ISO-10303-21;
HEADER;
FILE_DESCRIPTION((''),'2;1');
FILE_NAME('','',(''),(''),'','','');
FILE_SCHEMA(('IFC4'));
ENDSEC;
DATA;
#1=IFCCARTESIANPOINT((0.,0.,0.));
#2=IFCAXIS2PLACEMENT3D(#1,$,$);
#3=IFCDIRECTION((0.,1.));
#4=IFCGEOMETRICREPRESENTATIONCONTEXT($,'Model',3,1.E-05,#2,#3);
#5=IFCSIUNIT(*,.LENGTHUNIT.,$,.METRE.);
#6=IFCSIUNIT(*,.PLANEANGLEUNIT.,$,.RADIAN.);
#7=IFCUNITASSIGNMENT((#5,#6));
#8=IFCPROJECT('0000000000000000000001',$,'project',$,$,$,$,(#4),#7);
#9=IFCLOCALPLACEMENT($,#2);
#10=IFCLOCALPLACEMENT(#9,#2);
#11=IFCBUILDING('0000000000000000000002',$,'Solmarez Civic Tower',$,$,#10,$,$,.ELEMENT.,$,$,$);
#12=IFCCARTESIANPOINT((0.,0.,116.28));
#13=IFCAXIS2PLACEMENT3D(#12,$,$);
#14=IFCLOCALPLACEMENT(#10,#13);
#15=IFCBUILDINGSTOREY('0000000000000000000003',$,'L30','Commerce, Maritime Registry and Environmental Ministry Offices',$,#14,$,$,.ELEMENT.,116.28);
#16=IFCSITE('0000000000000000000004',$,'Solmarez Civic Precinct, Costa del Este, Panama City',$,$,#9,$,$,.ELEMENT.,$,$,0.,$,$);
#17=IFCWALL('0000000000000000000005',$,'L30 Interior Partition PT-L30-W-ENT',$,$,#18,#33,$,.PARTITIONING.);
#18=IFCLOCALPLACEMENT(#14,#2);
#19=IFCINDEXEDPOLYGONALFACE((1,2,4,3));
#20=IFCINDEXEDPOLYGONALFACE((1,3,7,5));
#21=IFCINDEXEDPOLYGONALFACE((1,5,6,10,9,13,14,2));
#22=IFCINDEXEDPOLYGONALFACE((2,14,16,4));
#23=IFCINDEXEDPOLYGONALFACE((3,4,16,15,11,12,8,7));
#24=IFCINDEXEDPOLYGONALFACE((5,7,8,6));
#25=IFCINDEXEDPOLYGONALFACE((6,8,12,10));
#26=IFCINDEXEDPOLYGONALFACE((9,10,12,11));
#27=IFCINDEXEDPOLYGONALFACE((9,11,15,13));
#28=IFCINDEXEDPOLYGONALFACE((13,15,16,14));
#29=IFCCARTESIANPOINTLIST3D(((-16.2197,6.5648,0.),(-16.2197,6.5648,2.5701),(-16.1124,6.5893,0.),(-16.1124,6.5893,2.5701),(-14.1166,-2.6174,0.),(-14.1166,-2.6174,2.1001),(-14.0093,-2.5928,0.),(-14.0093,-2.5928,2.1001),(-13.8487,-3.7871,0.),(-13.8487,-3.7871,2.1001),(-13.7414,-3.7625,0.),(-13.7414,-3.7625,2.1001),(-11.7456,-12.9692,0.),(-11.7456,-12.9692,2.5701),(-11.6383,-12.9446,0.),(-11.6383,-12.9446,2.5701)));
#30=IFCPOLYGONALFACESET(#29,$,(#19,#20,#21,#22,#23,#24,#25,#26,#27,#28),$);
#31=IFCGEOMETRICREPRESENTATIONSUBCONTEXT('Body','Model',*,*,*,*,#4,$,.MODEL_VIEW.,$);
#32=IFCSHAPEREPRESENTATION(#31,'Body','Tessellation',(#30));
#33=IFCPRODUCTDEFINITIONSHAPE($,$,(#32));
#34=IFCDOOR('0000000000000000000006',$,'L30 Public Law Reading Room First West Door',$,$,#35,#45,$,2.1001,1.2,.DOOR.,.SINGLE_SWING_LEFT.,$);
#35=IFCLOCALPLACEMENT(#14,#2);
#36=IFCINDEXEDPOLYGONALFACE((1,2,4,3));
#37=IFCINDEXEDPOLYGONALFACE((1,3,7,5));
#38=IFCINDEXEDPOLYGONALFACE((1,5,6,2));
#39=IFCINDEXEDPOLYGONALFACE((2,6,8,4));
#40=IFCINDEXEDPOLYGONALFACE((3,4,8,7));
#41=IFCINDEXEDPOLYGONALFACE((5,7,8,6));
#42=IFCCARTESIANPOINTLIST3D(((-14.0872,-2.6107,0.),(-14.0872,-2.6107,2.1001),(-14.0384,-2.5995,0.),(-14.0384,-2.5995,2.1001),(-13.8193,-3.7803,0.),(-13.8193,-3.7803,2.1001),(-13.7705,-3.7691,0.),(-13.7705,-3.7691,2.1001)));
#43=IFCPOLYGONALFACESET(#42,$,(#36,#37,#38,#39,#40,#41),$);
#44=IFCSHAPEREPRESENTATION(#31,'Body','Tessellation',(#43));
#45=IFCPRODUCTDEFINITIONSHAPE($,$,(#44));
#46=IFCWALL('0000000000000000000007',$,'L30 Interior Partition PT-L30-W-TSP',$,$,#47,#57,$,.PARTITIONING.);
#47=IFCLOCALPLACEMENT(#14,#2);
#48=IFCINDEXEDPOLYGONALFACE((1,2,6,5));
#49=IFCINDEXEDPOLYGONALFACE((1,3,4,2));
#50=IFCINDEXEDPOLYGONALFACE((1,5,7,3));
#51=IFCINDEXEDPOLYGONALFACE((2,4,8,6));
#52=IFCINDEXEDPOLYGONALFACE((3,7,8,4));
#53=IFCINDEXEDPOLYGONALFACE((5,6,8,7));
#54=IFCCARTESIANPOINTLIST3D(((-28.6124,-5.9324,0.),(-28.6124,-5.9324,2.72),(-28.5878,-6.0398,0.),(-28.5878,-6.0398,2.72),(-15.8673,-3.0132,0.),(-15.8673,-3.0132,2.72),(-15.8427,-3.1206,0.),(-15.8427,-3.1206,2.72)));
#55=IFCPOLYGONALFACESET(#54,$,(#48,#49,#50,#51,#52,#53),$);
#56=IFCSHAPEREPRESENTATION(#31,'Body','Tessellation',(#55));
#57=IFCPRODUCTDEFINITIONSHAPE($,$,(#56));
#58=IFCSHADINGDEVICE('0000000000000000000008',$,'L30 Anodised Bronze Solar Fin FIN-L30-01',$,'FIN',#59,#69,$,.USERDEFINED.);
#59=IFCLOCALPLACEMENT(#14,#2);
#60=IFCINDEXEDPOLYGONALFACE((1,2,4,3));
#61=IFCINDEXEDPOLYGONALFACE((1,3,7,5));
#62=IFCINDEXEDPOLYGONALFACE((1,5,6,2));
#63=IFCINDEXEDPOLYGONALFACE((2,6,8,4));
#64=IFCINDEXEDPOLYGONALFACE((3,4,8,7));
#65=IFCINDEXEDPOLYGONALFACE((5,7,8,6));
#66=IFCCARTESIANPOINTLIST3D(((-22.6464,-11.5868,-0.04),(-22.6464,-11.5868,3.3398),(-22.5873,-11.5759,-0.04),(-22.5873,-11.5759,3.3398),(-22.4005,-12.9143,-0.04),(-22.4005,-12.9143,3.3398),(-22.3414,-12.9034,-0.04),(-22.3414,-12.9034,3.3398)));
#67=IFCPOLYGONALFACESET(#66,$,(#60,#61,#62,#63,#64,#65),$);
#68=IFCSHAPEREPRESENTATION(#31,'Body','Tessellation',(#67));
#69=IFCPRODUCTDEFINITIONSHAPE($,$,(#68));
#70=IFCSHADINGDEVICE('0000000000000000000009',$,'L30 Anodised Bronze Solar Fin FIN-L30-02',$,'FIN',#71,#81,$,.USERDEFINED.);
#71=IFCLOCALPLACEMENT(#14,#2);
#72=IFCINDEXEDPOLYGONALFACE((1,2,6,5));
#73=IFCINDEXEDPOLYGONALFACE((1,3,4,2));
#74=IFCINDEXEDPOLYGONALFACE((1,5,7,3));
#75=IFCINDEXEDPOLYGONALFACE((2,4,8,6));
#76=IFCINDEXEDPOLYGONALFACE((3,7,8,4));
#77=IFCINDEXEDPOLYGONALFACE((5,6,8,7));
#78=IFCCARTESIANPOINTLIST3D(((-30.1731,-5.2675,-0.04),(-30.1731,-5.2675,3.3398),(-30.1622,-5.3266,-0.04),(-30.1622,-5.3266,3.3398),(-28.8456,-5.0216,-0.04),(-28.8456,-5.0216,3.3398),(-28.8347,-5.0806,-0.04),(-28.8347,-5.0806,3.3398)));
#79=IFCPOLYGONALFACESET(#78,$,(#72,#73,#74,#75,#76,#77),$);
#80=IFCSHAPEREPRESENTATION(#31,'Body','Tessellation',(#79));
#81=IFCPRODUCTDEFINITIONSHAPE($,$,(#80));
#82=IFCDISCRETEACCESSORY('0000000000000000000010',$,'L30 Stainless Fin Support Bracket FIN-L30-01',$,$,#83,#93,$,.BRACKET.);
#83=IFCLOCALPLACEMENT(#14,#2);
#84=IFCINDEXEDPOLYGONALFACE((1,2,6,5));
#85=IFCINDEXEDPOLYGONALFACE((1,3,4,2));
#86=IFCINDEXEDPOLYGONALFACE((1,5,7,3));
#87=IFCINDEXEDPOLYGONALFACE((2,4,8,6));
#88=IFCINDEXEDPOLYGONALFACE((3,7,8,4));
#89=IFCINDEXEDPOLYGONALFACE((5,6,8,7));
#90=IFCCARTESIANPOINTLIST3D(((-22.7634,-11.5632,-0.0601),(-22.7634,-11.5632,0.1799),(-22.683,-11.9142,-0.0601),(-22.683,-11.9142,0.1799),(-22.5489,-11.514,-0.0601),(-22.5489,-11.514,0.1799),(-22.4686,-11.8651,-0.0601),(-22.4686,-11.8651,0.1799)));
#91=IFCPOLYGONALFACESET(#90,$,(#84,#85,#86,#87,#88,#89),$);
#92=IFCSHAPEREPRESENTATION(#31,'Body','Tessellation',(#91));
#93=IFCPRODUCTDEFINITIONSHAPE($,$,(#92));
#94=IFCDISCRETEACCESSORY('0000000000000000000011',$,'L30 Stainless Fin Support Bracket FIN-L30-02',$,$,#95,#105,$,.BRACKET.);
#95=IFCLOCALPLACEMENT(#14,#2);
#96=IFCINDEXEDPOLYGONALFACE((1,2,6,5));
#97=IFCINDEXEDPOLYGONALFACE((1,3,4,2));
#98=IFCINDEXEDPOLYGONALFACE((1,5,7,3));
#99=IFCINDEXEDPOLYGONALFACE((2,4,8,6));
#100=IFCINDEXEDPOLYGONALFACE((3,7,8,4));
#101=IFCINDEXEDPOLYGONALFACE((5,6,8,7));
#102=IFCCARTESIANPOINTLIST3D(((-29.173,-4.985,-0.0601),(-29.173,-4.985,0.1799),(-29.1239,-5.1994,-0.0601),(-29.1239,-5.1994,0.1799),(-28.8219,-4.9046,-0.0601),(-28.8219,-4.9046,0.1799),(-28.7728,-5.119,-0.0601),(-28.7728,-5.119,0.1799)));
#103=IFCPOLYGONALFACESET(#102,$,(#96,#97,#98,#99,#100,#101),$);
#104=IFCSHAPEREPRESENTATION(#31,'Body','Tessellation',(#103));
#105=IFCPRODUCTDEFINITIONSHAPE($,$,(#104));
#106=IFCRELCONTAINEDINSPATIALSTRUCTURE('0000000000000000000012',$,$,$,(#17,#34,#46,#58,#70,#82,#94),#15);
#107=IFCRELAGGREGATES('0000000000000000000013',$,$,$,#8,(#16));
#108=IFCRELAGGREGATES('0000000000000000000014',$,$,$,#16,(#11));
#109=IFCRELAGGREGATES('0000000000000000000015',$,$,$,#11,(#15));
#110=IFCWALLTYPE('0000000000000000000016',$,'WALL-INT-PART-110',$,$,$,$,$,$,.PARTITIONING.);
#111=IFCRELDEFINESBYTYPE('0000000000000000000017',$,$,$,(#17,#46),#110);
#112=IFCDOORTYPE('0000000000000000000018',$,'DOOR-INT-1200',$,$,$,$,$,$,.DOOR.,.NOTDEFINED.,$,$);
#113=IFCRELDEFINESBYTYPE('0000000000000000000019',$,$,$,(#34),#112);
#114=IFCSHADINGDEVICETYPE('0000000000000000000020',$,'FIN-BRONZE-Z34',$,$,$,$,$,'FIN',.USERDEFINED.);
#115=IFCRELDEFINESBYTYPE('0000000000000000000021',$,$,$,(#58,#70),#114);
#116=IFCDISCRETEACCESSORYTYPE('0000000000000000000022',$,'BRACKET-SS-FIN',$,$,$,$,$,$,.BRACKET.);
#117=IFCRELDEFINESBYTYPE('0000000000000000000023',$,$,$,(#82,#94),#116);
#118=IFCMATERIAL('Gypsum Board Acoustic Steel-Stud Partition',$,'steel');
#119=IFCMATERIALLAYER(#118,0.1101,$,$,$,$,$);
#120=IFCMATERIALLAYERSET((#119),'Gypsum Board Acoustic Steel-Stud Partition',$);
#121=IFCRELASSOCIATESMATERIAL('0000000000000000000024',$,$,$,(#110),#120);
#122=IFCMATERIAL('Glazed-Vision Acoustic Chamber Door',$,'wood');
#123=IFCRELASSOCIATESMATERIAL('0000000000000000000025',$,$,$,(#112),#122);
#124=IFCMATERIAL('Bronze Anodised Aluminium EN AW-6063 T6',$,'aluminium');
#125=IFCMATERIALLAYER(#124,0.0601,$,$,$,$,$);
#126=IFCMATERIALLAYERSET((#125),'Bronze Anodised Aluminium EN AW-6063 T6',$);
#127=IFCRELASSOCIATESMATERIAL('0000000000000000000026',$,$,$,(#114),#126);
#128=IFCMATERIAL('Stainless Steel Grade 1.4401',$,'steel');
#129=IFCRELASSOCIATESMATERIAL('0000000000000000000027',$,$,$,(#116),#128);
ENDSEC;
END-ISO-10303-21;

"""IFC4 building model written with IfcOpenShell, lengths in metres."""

from ifc_helpers import new_model, si_unit, direction, frame, frame_2d, origin, origin_2d, place, context, subcontext, project, spatial, rectangle, extrude, material, layer, layer_set, type_object, element, fill, save


model = new_model("IFC4")

# Units and contexts
model_context = context("Model", 3, precision=1e-05, world=origin(), true_north=direction((0.0, 1.0)))
body_context = subcontext(model_context, "Body", "Model", "MODEL_VIEW")
ifc_project = project(units=[si_unit("LENGTHUNIT", "METRE"), si_unit("PLANEANGLEUNIT", "RADIAN")], contexts=[model_context])

# Site, building, storey
site_placement = place(None, origin())
site = spatial("IfcSite", under=ifc_project, at=site_placement, Name="Solmarez Civic Precinct, Costa del Este, Panama City", CompositionType="ELEMENT", RefElevation=0.0)
building_placement = place(site_placement, origin())
building = spatial("IfcBuilding", under=site, at=building_placement, Name="Solmarez Civic Tower", CompositionType="ELEMENT")
storey_placement = place(building_placement, frame((0.0, 0.0, 116.28)))
storey = spatial("IfcBuildingStorey", under=building, at=storey_placement, Name="L30", Description="Commerce, Maritime Registry and Environmental Ministry Offices", CompositionType="ELEMENT", Elevation=116.28)

# Shared definitions
ifc_material_1 = material(Name="Gypsum Board Acoustic Steel-Stud Partition", Category="steel")

# Wall, opening, door
ifc_layer_1 = layer(ifc_material_1, 0.1101)
ifc_layer_set_1 = layer_set([ifc_layer_1], Name="Gypsum Board Acoustic Steel-Stud Partition")
wall_type_1 = type_object("IfcWallType", Name="WALL-INT-PART-110", PredefinedType="PARTITIONING", material=ifc_layer_set_1)
wall_1_placement = place(storey_placement, frame((-11.6919, -12.957, 0.0), z_axis=(0.0, 0.0, 1.0), x_axis=(-0.223262, 0.974758, 0.0)))
wall_1 = element("IfcWall", 1, at=wall_1_placement, inside=storey, type_object=wall_type_1, Name="L30 Interior Partition PT-L30-W-ENT", PredefinedType="PARTITIONING", context=body_context, shape_type="SweptSolid", body=[
    extrude(rectangle(XDim=20.0398, YDim=0.1101, at=frame_2d((10.02, 0.0))), origin(), (0.0, 0.0, 1.0), 2.5701),
])
opening_1_placement = place(wall_1_placement, frame((9.4199, 0.0, 0.0)))
opening_1 = element("IfcOpeningElement", 2, at=opening_1_placement, cuts=wall_1, PredefinedType="OPENING", context=body_context, shape_type="SweptSolid", body=[
    extrude(rectangle(XDim=1.2, YDim=2.1001, at=frame_2d((0.6001, 1.05))), frame((0.0, 0.0649, 0.0), z_axis=(0.0, -1.0, 0.0), x_axis=(1.0, 0.0, 0.0)), (0.0, 0.0, 1.0), 0.1301),
])
ifc_material_2 = material(Name="Glazed-Vision Acoustic Chamber Door", Category="wood")
door_type = type_object("IfcDoorType", Name="DOOR-INT-1200", OperationType="NOTDEFINED", PredefinedType="DOOR", material=ifc_material_2)
door_placement = place(opening_1_placement, origin())
door = element("IfcDoor", 3, at=door_placement, inside=storey, type_object=door_type, Name="L30 Public Law Reading Room First West Door", OperationType="SINGLE_SWING_LEFT", OverallHeight=2.1001, OverallWidth=1.2, PredefinedType="DOOR", context=body_context, shape_type="SweptSolid", body=[
    extrude(rectangle(XDim=1.2, YDim=2.1001, at=frame_2d((0.6001, 1.05))), frame((0.0, 0.0249, 0.0), z_axis=(0.0, -1.0, 0.0), x_axis=(1.0, 0.0, 0.0)), (0.0, 0.0, 1.0), 0.05),
])
fill(opening_1, door)

# Wall
wall_2_placement = place(storey_placement, frame((-15.855, -3.0669, 0.0), z_axis=(0.0, 0.0, 1.0), x_axis=(-0.974758, -0.223262, 0.0)))
element("IfcWall", 4, at=wall_2_placement, inside=storey, type_object=wall_type_1, Name="L30 Interior Partition PT-L30-W-TSP", PredefinedType="PARTITIONING", context=body_context, shape_type="SweptSolid", body=[
    extrude(rectangle(XDim=13.0752, YDim=0.1101, at=frame_2d((6.5376, 0.0))), origin(), (0.0, 0.0, 1.0), 2.72),
])

# Shading devices
ifc_material_3 = material(Name="Bronze Anodised Aluminium EN AW-6063 T6", Category="aluminium")
ifc_layer_2 = layer(ifc_material_3, 0.0601)
ifc_layer_set_2 = layer_set([ifc_layer_2], Name="Bronze Anodised Aluminium EN AW-6063 T6")
shading_device_type = type_object("IfcShadingDeviceType", Name="FIN-BRONZE-Z34", ElementType="FIN", PredefinedType="USERDEFINED", material=ifc_layer_set_2)
for number, where, z_axis, x_axis, name in (
    (5, (-22.4939, -12.2451, -0.04), (0.0, 0.0, 1.0), (0.182133, -0.983274, 0.0), "L30 Anodised Bronze Solar Fin FIN-L30-01"),
    (6, (-29.5039, -5.1741, -0.04), (0.0, 0.0, 1.0), (-0.983268, -0.182167, 0.0), "L30 Anodised Bronze Solar Fin FIN-L30-02"),
):
    element("IfcShadingDevice", number, at=place(storey_placement, frame(where, z_axis=z_axis, x_axis=x_axis)), inside=storey, type_object=shading_device_type, Name=name, ObjectType="FIN", PredefinedType="USERDEFINED", context=body_context, shape_type="SweptSolid", body=[
        extrude(rectangle(XDim=1.3501, YDim=0.0601, at=origin_2d()), origin(), (0.0, 0.0, 1.0), 3.3799),
    ])

# Discrete accessories
ifc_material_4 = material(Name="Stainless Steel Grade 1.4401", Category="steel")
discrete_accessory_type = type_object("IfcDiscreteAccessoryType", Name="BRACKET-SS-FIN", PredefinedType="BRACKET", material=ifc_material_4)
for number, where, z_axis, x_axis, name in (
    (7, (-22.616, -11.7141, -0.0601), (0.0, 0.0, 1.0), (0.223217, -0.974769, 0.0), "L30 Stainless Fin Support Bracket FIN-L30-01"),
    (8, (-28.9729, -5.052, -0.0601), (0.0, 0.0, 1.0), (-0.974758, -0.223264, 0.0), "L30 Stainless Fin Support Bracket FIN-L30-02"),
):
    element("IfcDiscreteAccessory", number, at=place(storey_placement, frame(where, z_axis=z_axis, x_axis=x_axis)), inside=storey, type_object=discrete_accessory_type, Name=name, PredefinedType="BRACKET", context=body_context, shape_type="SweptSolid", body=[
        extrude(rectangle(XDim=0.3601, YDim=0.22, at=origin_2d()), origin(), (0.0, 0.0, 1.0), 0.24),
    ])

save(model, "model.ifc")
